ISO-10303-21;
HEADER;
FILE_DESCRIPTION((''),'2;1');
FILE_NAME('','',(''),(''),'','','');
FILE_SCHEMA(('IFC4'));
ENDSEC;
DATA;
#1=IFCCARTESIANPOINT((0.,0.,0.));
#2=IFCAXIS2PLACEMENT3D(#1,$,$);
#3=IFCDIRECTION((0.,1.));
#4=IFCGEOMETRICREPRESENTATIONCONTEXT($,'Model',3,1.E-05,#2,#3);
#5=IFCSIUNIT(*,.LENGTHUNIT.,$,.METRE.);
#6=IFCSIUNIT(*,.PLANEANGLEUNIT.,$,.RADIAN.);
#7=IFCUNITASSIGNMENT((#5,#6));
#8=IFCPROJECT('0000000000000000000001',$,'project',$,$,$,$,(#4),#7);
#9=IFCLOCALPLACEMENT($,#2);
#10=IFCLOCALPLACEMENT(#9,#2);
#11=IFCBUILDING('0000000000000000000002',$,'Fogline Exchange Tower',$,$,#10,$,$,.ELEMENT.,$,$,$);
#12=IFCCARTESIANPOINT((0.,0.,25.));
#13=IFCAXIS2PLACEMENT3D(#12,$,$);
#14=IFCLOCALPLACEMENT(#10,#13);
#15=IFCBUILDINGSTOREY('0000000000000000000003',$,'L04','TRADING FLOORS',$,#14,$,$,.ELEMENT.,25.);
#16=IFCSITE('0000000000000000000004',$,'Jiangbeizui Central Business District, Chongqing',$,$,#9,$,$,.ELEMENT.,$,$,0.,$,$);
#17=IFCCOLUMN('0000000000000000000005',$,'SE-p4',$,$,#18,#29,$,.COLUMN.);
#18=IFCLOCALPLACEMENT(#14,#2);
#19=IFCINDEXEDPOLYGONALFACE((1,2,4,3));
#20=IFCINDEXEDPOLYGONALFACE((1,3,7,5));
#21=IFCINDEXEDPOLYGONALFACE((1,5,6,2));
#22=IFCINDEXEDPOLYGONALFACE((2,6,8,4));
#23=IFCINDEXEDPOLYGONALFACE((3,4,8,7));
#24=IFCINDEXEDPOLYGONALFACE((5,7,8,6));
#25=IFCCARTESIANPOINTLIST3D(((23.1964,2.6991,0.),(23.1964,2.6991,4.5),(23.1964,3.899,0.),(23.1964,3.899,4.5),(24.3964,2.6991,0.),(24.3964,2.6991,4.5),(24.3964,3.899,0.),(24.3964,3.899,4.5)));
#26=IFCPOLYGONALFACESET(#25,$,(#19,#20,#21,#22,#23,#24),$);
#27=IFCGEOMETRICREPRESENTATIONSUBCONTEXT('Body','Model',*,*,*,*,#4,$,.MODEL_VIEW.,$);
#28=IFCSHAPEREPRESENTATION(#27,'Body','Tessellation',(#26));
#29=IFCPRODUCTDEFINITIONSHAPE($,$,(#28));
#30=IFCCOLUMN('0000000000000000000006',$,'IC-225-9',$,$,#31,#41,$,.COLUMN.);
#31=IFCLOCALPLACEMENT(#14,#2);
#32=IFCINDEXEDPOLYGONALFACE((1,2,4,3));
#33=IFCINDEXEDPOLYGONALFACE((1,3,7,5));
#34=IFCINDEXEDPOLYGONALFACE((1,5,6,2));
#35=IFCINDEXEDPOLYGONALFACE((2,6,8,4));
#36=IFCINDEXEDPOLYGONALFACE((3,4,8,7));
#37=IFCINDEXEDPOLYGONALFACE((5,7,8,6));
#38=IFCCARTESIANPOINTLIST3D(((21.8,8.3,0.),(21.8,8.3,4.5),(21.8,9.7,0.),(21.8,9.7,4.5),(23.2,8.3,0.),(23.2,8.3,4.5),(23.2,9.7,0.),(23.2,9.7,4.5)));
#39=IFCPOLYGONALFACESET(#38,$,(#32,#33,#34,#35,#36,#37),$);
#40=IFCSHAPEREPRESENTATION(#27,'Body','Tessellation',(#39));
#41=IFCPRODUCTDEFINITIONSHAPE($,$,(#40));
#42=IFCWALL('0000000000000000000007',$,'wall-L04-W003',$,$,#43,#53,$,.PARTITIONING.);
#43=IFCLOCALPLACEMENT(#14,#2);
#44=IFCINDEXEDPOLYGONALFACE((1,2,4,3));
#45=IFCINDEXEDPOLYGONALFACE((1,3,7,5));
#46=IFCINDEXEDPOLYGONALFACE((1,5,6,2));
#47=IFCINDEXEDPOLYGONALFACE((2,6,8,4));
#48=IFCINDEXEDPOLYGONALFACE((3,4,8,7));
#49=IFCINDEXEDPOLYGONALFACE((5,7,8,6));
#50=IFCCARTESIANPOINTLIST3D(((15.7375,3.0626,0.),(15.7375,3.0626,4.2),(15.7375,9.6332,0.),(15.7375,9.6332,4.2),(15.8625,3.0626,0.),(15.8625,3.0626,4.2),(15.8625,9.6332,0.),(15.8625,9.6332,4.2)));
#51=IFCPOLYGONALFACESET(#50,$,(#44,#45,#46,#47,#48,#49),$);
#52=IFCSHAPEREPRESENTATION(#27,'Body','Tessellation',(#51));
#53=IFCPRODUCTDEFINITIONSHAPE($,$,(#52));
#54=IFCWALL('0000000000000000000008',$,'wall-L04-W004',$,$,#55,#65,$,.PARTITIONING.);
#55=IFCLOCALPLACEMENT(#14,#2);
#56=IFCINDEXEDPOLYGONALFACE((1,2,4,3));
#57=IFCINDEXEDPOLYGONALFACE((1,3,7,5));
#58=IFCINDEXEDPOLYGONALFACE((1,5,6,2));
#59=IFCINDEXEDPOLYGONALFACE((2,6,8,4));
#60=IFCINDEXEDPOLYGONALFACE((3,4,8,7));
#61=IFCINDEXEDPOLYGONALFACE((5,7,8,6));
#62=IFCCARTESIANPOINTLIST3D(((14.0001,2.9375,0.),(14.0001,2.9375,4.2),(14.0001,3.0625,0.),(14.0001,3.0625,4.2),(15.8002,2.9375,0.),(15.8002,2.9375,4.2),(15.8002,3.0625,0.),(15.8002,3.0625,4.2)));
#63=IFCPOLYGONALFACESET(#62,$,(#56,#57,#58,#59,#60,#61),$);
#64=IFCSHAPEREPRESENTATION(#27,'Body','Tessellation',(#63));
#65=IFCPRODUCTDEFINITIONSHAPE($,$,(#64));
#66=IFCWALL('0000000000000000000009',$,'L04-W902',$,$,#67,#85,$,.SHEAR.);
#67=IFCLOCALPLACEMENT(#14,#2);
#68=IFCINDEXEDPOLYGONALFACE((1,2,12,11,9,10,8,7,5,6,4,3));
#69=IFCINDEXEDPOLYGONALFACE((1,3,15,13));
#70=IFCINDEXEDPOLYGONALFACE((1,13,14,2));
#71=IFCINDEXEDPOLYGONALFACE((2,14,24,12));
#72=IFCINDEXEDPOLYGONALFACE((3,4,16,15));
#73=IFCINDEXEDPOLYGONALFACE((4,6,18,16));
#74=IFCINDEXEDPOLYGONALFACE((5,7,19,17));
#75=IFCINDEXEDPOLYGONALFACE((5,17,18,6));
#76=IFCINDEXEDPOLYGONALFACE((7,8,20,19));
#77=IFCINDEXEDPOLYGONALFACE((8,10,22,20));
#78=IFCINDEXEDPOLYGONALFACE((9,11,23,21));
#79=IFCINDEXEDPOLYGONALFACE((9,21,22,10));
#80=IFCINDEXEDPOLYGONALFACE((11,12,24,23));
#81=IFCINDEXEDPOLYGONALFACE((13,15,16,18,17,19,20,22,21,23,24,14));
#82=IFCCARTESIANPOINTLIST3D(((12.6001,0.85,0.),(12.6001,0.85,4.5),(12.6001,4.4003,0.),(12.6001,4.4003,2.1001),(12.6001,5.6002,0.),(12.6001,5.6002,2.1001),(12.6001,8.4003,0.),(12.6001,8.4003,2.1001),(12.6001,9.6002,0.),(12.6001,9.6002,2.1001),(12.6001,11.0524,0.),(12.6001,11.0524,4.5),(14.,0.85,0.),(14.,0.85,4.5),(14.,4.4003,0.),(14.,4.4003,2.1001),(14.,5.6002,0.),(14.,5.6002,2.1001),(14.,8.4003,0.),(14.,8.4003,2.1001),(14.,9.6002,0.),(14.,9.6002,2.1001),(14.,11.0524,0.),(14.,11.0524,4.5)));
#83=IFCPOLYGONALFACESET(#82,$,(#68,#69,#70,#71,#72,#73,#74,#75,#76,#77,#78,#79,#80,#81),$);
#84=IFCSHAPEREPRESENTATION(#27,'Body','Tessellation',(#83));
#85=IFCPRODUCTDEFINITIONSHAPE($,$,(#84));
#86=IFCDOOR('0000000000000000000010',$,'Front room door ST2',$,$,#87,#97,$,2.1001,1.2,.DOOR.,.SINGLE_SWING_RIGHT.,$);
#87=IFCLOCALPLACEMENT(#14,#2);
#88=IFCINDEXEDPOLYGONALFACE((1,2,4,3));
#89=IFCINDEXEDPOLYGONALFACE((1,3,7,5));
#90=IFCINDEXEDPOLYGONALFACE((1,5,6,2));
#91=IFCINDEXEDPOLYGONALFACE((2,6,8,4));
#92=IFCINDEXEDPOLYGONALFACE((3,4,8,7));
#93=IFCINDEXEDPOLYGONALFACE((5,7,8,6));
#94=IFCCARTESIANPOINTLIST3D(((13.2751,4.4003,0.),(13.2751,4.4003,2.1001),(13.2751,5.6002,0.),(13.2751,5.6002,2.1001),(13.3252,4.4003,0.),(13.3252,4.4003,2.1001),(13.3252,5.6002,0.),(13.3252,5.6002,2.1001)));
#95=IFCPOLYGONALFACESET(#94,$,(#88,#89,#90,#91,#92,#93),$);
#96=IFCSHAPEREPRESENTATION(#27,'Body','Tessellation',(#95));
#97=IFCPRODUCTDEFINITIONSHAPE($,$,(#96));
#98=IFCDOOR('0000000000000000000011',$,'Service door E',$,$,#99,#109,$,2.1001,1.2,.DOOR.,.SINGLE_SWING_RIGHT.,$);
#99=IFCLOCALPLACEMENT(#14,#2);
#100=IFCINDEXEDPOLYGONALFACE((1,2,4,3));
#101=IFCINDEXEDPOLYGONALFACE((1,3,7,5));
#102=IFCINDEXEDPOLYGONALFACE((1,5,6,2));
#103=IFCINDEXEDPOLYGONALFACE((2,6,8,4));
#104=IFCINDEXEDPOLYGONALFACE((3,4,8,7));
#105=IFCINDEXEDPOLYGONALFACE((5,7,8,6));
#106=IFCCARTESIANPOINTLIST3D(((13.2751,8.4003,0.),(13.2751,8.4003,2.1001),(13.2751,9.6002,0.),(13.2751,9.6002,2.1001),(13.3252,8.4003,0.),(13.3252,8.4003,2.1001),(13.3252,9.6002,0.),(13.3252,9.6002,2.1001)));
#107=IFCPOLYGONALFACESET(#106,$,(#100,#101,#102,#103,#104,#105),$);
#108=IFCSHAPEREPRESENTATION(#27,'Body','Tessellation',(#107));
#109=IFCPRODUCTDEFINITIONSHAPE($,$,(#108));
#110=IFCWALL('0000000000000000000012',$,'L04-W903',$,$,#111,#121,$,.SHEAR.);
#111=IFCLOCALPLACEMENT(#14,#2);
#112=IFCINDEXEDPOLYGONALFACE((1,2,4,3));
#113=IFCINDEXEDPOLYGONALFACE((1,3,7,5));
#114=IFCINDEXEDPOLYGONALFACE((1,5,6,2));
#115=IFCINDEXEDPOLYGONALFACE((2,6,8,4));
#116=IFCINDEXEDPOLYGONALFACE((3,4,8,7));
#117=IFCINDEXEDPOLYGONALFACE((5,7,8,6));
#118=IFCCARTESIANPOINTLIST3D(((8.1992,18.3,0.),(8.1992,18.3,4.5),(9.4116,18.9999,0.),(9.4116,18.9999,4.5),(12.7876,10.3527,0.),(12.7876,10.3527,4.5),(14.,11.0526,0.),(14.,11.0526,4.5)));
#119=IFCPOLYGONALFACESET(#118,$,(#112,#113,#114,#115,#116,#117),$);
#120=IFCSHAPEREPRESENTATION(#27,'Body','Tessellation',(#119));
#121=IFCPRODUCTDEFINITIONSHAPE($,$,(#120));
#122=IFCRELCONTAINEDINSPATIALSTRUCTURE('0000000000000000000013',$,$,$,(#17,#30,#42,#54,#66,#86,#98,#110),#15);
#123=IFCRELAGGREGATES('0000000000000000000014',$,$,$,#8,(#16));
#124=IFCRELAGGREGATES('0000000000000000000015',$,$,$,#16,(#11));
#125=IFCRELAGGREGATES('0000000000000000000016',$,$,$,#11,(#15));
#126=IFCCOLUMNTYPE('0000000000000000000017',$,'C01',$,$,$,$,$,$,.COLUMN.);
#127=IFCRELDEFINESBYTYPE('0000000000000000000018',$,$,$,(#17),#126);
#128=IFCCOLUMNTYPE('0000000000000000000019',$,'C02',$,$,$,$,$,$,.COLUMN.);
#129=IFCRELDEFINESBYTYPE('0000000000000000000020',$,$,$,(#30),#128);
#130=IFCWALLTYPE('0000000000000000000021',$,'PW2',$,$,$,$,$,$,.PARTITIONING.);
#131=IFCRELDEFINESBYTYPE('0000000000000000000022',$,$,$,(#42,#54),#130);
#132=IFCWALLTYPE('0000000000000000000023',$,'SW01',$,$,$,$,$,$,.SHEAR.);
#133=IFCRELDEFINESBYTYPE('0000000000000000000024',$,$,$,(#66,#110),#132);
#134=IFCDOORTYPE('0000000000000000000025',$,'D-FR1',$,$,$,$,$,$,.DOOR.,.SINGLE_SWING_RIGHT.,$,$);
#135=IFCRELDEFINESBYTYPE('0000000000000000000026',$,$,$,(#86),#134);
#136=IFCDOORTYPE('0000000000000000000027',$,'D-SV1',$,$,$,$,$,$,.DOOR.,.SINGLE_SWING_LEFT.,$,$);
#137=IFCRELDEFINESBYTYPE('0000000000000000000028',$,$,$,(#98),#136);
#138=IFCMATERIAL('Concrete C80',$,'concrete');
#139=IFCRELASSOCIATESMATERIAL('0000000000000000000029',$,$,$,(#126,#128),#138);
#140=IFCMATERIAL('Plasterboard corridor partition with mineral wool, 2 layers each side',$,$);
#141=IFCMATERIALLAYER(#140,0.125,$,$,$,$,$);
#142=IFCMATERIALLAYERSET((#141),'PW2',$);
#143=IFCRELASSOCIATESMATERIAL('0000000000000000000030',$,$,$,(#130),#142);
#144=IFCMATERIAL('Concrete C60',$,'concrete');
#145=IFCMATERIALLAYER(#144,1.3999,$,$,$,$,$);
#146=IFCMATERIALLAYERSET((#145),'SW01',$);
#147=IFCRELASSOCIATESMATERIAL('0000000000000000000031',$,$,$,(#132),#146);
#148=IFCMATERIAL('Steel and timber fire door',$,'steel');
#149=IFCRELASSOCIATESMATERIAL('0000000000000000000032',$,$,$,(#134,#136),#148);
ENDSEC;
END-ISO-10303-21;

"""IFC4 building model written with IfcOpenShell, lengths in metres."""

from ifc_helpers import new_model, si_unit, direction, frame, frame_2d, origin, origin_2d, place, context, subcontext, project, spatial, rectangle, extrude, material, layer, layer_set, material_profile, profile_set, type_object, element, fill, save


model = new_model("IFC4")

# Units and contexts
model_context = context("Model", 3, precision=1e-05, world=origin(), true_north=direction((0.0, 1.0)))
body_context = subcontext(model_context, "Body", "Model", "MODEL_VIEW")
ifc_project = project(units=[si_unit("LENGTHUNIT", "METRE"), si_unit("PLANEANGLEUNIT", "RADIAN")], contexts=[model_context])

# Site, building, storey
site_placement = place(None, origin())
site = spatial("IfcSite", under=ifc_project, at=site_placement, Name="Jiangbeizui Central Business District, Chongqing", CompositionType="ELEMENT", RefElevation=0.0)
building_placement = place(site_placement, origin())
building = spatial("IfcBuilding", under=site, at=building_placement, Name="Fogline Exchange Tower", CompositionType="ELEMENT")
storey_placement = place(building_placement, frame((0.0, 0.0, 25.0)))
storey = spatial("IfcBuildingStorey", under=building, at=storey_placement, Name="L04", Description="TRADING FLOORS", CompositionType="ELEMENT", Elevation=25.0)

# Columns
ifc_material_1 = material(Name="Concrete C80", Category="concrete")
ifc_material_profile_1 = material_profile(ifc_material_1, rectangle(XDim=1.2, YDim=1.2, at=origin_2d()), Name="RC 1200x1200")
ifc_profile_set_1 = profile_set([ifc_material_profile_1], Name="Concrete C80")
column_type_1 = type_object("IfcColumnType", Name="C01", PredefinedType="COLUMN", material=ifc_profile_set_1)
column_1_placement = place(storey_placement, frame((23.7964, 3.2991, 0.0), z_axis=(0.0, 0.0, 1.0), x_axis=(1.0, 0.0, 0.0)))
element("IfcColumn", 1, at=column_1_placement, inside=storey, type_object=column_type_1, Name="SE-p4", PredefinedType="COLUMN", context=body_context, shape_type="SweptSolid", body=[
    extrude(rectangle(XDim=1.2, YDim=1.2, at=origin_2d()), origin(), (0.0, 0.0, 1.0), 4.5),
])
ifc_material_profile_2 = material_profile(ifc_material_1, rectangle(XDim=1.3999, YDim=1.3999, at=origin_2d()), Name="RC 1400x1400")
ifc_profile_set_2 = profile_set([ifc_material_profile_2], Name="Concrete C80")
column_type_2 = type_object("IfcColumnType", Name="C02", PredefinedType="COLUMN", material=ifc_profile_set_2)
column_2_placement = place(storey_placement, frame((22.5, 9.0, 0.0), z_axis=(0.0, 0.0, 1.0), x_axis=(1.0, 0.0, 0.0)))
element("IfcColumn", 2, at=column_2_placement, inside=storey, type_object=column_type_2, Name="IC-225-9", PredefinedType="COLUMN", context=body_context, shape_type="SweptSolid", body=[
    extrude(rectangle(XDim=1.3999, YDim=1.3999, at=origin_2d()), origin(), (0.0, 0.0, 1.0), 4.5),
])

# Walls
ifc_material_2 = material(Name="Plasterboard corridor partition with mineral wool, 2 layers each side")
ifc_layer_1 = layer(ifc_material_2, 0.125)
ifc_layer_set_1 = layer_set([ifc_layer_1], Name="PW2")
wall_type_1 = type_object("IfcWallType", Name="PW2", PredefinedType="PARTITIONING", material=ifc_layer_set_1)
wall_1_placement = place(storey_placement, frame((15.8, 9.6331, 0.0), z_axis=(0.0, 0.0, 1.0), x_axis=(0.0, -1.0, 0.0)))
element("IfcWall", 3, at=wall_1_placement, inside=storey, type_object=wall_type_1, Name="wall-L04-W003", PredefinedType="PARTITIONING", context=body_context, shape_type="SweptSolid", body=[
    extrude(rectangle(XDim=6.5706, YDim=0.125, at=frame_2d((3.2852, 0.0))), origin(), (0.0, 0.0, 1.0), 4.2),
])
wall_2_placement = place(storey_placement, frame((15.8, 3.0, 0.0), z_axis=(0.0, 0.0, 1.0), x_axis=(-1.0, 0.0, 0.0)))
element("IfcWall", 4, at=wall_2_placement, inside=storey, type_object=wall_type_1, Name="wall-L04-W004", PredefinedType="PARTITIONING", context=body_context, shape_type="SweptSolid", body=[
    extrude(rectangle(XDim=1.8, YDim=0.125, at=frame_2d((0.8999, 0.0))), origin(), (0.0, 0.0, 1.0), 4.2),
])

# Wall, openings, doors
ifc_material_3 = material(Name="Concrete C60", Category="concrete")
ifc_layer_2 = layer(ifc_material_3, 1.3999)
ifc_layer_set_2 = layer_set([ifc_layer_2], Name="SW01")
wall_type_2 = type_object("IfcWallType", Name="SW01", PredefinedType="SHEAR", material=ifc_layer_set_2)
wall_3_placement = place(storey_placement, frame((13.3, 0.8501, 0.0), z_axis=(0.0, 0.0, 1.0), x_axis=(0.0, 1.0, 0.0)))
wall_3 = element("IfcWall", 5, at=wall_3_placement, inside=storey, type_object=wall_type_2, Name="L04-W902", PredefinedType="SHEAR", context=body_context, shape_type="SweptSolid", body=[
    extrude(rectangle(XDim=10.2024, YDim=1.3999, at=frame_2d((5.1011, 0.0))), origin(), (0.0, 0.0, 1.0), 4.5),
])
opening_1_placement = place(wall_3_placement, frame((3.55, 0.0, 0.0)))
opening_1 = element("IfcOpeningElement", 6, at=opening_1_placement, cuts=wall_3, PredefinedType="OPENING", context=body_context, shape_type="SweptSolid", body=[
    extrude(rectangle(XDim=1.2, YDim=2.1001, at=frame_2d((0.6001, 1.05))), frame((0.0, 0.71, 0.0), z_axis=(0.0, -1.0, 0.0), x_axis=(1.0, 0.0, 0.0)), (0.0, 0.0, 1.0), 1.4199),
])
opening_2_placement = place(wall_3_placement, frame((7.55, 0.0, 0.0)))
opening_2 = element("IfcOpeningElement", 7, at=opening_2_placement, cuts=wall_3, PredefinedType="OPENING", context=body_context, shape_type="SweptSolid", body=[
    extrude(rectangle(XDim=1.2, YDim=2.1001, at=frame_2d((0.6001, 1.05))), frame((0.0, 0.71, 0.0), z_axis=(0.0, -1.0, 0.0), x_axis=(1.0, 0.0, 0.0)), (0.0, 0.0, 1.0), 1.4199),
])
ifc_material_4 = material(Name="Steel and timber fire door", Category="steel")
door_type_1 = type_object("IfcDoorType", Name="D-FR1", OperationType="SINGLE_SWING_RIGHT", PredefinedType="DOOR", material=ifc_material_4)
door_1_placement = place(opening_1_placement, origin())
door_1 = element("IfcDoor", 8, at=door_1_placement, inside=storey, type_object=door_type_1, Name="Front room door ST2", OperationType="SINGLE_SWING_RIGHT", OverallHeight=2.1001, OverallWidth=1.2, PredefinedType="DOOR", context=body_context, shape_type="SweptSolid", body=[
    extrude(rectangle(XDim=1.2, YDim=2.1001, at=frame_2d((0.6001, 1.05))), frame((0.0, 0.0249, 0.0), z_axis=(0.0, -1.0, 0.0), x_axis=(1.0, 0.0, 0.0)), (0.0, 0.0, 1.0), 0.05),
])
fill(opening_1, door_1)
door_type_2 = type_object("IfcDoorType", Name="D-SV1", OperationType="SINGLE_SWING_LEFT", PredefinedType="DOOR", material=ifc_material_4)
door_2_placement = place(opening_2_placement, origin())
door_2 = element("IfcDoor", 9, at=door_2_placement, inside=storey, type_object=door_type_2, Name="Service door E", OperationType="SINGLE_SWING_RIGHT", OverallHeight=2.1001, OverallWidth=1.2, PredefinedType="DOOR", context=body_context, shape_type="SweptSolid", body=[
    extrude(rectangle(XDim=1.2, YDim=2.1001, at=frame_2d((0.6001, 1.05))), frame((0.0, 0.0249, 0.0), z_axis=(0.0, -1.0, 0.0), x_axis=(1.0, 0.0, 0.0)), (0.0, 0.0, 1.0), 0.05),
])
fill(opening_2, door_2)

# Wall
wall_4_placement = place(storey_placement, frame((13.3938, 10.7026, 0.0), z_axis=(0.0, 0.0, 1.0), x_axis=(-0.500002, 0.866024, 0.0)))
element("IfcWall", 10, at=wall_4_placement, inside=storey, type_object=wall_type_2, Name="L04-W903", PredefinedType="SHEAR", context=body_context, shape_type="SweptSolid", body=[
    extrude(rectangle(XDim=9.1768, YDim=1.3999, at=frame_2d((4.5884, 0.0))), origin(), (0.0, 0.0, 1.0), 4.5),
])

save(model, "model.ifc")
